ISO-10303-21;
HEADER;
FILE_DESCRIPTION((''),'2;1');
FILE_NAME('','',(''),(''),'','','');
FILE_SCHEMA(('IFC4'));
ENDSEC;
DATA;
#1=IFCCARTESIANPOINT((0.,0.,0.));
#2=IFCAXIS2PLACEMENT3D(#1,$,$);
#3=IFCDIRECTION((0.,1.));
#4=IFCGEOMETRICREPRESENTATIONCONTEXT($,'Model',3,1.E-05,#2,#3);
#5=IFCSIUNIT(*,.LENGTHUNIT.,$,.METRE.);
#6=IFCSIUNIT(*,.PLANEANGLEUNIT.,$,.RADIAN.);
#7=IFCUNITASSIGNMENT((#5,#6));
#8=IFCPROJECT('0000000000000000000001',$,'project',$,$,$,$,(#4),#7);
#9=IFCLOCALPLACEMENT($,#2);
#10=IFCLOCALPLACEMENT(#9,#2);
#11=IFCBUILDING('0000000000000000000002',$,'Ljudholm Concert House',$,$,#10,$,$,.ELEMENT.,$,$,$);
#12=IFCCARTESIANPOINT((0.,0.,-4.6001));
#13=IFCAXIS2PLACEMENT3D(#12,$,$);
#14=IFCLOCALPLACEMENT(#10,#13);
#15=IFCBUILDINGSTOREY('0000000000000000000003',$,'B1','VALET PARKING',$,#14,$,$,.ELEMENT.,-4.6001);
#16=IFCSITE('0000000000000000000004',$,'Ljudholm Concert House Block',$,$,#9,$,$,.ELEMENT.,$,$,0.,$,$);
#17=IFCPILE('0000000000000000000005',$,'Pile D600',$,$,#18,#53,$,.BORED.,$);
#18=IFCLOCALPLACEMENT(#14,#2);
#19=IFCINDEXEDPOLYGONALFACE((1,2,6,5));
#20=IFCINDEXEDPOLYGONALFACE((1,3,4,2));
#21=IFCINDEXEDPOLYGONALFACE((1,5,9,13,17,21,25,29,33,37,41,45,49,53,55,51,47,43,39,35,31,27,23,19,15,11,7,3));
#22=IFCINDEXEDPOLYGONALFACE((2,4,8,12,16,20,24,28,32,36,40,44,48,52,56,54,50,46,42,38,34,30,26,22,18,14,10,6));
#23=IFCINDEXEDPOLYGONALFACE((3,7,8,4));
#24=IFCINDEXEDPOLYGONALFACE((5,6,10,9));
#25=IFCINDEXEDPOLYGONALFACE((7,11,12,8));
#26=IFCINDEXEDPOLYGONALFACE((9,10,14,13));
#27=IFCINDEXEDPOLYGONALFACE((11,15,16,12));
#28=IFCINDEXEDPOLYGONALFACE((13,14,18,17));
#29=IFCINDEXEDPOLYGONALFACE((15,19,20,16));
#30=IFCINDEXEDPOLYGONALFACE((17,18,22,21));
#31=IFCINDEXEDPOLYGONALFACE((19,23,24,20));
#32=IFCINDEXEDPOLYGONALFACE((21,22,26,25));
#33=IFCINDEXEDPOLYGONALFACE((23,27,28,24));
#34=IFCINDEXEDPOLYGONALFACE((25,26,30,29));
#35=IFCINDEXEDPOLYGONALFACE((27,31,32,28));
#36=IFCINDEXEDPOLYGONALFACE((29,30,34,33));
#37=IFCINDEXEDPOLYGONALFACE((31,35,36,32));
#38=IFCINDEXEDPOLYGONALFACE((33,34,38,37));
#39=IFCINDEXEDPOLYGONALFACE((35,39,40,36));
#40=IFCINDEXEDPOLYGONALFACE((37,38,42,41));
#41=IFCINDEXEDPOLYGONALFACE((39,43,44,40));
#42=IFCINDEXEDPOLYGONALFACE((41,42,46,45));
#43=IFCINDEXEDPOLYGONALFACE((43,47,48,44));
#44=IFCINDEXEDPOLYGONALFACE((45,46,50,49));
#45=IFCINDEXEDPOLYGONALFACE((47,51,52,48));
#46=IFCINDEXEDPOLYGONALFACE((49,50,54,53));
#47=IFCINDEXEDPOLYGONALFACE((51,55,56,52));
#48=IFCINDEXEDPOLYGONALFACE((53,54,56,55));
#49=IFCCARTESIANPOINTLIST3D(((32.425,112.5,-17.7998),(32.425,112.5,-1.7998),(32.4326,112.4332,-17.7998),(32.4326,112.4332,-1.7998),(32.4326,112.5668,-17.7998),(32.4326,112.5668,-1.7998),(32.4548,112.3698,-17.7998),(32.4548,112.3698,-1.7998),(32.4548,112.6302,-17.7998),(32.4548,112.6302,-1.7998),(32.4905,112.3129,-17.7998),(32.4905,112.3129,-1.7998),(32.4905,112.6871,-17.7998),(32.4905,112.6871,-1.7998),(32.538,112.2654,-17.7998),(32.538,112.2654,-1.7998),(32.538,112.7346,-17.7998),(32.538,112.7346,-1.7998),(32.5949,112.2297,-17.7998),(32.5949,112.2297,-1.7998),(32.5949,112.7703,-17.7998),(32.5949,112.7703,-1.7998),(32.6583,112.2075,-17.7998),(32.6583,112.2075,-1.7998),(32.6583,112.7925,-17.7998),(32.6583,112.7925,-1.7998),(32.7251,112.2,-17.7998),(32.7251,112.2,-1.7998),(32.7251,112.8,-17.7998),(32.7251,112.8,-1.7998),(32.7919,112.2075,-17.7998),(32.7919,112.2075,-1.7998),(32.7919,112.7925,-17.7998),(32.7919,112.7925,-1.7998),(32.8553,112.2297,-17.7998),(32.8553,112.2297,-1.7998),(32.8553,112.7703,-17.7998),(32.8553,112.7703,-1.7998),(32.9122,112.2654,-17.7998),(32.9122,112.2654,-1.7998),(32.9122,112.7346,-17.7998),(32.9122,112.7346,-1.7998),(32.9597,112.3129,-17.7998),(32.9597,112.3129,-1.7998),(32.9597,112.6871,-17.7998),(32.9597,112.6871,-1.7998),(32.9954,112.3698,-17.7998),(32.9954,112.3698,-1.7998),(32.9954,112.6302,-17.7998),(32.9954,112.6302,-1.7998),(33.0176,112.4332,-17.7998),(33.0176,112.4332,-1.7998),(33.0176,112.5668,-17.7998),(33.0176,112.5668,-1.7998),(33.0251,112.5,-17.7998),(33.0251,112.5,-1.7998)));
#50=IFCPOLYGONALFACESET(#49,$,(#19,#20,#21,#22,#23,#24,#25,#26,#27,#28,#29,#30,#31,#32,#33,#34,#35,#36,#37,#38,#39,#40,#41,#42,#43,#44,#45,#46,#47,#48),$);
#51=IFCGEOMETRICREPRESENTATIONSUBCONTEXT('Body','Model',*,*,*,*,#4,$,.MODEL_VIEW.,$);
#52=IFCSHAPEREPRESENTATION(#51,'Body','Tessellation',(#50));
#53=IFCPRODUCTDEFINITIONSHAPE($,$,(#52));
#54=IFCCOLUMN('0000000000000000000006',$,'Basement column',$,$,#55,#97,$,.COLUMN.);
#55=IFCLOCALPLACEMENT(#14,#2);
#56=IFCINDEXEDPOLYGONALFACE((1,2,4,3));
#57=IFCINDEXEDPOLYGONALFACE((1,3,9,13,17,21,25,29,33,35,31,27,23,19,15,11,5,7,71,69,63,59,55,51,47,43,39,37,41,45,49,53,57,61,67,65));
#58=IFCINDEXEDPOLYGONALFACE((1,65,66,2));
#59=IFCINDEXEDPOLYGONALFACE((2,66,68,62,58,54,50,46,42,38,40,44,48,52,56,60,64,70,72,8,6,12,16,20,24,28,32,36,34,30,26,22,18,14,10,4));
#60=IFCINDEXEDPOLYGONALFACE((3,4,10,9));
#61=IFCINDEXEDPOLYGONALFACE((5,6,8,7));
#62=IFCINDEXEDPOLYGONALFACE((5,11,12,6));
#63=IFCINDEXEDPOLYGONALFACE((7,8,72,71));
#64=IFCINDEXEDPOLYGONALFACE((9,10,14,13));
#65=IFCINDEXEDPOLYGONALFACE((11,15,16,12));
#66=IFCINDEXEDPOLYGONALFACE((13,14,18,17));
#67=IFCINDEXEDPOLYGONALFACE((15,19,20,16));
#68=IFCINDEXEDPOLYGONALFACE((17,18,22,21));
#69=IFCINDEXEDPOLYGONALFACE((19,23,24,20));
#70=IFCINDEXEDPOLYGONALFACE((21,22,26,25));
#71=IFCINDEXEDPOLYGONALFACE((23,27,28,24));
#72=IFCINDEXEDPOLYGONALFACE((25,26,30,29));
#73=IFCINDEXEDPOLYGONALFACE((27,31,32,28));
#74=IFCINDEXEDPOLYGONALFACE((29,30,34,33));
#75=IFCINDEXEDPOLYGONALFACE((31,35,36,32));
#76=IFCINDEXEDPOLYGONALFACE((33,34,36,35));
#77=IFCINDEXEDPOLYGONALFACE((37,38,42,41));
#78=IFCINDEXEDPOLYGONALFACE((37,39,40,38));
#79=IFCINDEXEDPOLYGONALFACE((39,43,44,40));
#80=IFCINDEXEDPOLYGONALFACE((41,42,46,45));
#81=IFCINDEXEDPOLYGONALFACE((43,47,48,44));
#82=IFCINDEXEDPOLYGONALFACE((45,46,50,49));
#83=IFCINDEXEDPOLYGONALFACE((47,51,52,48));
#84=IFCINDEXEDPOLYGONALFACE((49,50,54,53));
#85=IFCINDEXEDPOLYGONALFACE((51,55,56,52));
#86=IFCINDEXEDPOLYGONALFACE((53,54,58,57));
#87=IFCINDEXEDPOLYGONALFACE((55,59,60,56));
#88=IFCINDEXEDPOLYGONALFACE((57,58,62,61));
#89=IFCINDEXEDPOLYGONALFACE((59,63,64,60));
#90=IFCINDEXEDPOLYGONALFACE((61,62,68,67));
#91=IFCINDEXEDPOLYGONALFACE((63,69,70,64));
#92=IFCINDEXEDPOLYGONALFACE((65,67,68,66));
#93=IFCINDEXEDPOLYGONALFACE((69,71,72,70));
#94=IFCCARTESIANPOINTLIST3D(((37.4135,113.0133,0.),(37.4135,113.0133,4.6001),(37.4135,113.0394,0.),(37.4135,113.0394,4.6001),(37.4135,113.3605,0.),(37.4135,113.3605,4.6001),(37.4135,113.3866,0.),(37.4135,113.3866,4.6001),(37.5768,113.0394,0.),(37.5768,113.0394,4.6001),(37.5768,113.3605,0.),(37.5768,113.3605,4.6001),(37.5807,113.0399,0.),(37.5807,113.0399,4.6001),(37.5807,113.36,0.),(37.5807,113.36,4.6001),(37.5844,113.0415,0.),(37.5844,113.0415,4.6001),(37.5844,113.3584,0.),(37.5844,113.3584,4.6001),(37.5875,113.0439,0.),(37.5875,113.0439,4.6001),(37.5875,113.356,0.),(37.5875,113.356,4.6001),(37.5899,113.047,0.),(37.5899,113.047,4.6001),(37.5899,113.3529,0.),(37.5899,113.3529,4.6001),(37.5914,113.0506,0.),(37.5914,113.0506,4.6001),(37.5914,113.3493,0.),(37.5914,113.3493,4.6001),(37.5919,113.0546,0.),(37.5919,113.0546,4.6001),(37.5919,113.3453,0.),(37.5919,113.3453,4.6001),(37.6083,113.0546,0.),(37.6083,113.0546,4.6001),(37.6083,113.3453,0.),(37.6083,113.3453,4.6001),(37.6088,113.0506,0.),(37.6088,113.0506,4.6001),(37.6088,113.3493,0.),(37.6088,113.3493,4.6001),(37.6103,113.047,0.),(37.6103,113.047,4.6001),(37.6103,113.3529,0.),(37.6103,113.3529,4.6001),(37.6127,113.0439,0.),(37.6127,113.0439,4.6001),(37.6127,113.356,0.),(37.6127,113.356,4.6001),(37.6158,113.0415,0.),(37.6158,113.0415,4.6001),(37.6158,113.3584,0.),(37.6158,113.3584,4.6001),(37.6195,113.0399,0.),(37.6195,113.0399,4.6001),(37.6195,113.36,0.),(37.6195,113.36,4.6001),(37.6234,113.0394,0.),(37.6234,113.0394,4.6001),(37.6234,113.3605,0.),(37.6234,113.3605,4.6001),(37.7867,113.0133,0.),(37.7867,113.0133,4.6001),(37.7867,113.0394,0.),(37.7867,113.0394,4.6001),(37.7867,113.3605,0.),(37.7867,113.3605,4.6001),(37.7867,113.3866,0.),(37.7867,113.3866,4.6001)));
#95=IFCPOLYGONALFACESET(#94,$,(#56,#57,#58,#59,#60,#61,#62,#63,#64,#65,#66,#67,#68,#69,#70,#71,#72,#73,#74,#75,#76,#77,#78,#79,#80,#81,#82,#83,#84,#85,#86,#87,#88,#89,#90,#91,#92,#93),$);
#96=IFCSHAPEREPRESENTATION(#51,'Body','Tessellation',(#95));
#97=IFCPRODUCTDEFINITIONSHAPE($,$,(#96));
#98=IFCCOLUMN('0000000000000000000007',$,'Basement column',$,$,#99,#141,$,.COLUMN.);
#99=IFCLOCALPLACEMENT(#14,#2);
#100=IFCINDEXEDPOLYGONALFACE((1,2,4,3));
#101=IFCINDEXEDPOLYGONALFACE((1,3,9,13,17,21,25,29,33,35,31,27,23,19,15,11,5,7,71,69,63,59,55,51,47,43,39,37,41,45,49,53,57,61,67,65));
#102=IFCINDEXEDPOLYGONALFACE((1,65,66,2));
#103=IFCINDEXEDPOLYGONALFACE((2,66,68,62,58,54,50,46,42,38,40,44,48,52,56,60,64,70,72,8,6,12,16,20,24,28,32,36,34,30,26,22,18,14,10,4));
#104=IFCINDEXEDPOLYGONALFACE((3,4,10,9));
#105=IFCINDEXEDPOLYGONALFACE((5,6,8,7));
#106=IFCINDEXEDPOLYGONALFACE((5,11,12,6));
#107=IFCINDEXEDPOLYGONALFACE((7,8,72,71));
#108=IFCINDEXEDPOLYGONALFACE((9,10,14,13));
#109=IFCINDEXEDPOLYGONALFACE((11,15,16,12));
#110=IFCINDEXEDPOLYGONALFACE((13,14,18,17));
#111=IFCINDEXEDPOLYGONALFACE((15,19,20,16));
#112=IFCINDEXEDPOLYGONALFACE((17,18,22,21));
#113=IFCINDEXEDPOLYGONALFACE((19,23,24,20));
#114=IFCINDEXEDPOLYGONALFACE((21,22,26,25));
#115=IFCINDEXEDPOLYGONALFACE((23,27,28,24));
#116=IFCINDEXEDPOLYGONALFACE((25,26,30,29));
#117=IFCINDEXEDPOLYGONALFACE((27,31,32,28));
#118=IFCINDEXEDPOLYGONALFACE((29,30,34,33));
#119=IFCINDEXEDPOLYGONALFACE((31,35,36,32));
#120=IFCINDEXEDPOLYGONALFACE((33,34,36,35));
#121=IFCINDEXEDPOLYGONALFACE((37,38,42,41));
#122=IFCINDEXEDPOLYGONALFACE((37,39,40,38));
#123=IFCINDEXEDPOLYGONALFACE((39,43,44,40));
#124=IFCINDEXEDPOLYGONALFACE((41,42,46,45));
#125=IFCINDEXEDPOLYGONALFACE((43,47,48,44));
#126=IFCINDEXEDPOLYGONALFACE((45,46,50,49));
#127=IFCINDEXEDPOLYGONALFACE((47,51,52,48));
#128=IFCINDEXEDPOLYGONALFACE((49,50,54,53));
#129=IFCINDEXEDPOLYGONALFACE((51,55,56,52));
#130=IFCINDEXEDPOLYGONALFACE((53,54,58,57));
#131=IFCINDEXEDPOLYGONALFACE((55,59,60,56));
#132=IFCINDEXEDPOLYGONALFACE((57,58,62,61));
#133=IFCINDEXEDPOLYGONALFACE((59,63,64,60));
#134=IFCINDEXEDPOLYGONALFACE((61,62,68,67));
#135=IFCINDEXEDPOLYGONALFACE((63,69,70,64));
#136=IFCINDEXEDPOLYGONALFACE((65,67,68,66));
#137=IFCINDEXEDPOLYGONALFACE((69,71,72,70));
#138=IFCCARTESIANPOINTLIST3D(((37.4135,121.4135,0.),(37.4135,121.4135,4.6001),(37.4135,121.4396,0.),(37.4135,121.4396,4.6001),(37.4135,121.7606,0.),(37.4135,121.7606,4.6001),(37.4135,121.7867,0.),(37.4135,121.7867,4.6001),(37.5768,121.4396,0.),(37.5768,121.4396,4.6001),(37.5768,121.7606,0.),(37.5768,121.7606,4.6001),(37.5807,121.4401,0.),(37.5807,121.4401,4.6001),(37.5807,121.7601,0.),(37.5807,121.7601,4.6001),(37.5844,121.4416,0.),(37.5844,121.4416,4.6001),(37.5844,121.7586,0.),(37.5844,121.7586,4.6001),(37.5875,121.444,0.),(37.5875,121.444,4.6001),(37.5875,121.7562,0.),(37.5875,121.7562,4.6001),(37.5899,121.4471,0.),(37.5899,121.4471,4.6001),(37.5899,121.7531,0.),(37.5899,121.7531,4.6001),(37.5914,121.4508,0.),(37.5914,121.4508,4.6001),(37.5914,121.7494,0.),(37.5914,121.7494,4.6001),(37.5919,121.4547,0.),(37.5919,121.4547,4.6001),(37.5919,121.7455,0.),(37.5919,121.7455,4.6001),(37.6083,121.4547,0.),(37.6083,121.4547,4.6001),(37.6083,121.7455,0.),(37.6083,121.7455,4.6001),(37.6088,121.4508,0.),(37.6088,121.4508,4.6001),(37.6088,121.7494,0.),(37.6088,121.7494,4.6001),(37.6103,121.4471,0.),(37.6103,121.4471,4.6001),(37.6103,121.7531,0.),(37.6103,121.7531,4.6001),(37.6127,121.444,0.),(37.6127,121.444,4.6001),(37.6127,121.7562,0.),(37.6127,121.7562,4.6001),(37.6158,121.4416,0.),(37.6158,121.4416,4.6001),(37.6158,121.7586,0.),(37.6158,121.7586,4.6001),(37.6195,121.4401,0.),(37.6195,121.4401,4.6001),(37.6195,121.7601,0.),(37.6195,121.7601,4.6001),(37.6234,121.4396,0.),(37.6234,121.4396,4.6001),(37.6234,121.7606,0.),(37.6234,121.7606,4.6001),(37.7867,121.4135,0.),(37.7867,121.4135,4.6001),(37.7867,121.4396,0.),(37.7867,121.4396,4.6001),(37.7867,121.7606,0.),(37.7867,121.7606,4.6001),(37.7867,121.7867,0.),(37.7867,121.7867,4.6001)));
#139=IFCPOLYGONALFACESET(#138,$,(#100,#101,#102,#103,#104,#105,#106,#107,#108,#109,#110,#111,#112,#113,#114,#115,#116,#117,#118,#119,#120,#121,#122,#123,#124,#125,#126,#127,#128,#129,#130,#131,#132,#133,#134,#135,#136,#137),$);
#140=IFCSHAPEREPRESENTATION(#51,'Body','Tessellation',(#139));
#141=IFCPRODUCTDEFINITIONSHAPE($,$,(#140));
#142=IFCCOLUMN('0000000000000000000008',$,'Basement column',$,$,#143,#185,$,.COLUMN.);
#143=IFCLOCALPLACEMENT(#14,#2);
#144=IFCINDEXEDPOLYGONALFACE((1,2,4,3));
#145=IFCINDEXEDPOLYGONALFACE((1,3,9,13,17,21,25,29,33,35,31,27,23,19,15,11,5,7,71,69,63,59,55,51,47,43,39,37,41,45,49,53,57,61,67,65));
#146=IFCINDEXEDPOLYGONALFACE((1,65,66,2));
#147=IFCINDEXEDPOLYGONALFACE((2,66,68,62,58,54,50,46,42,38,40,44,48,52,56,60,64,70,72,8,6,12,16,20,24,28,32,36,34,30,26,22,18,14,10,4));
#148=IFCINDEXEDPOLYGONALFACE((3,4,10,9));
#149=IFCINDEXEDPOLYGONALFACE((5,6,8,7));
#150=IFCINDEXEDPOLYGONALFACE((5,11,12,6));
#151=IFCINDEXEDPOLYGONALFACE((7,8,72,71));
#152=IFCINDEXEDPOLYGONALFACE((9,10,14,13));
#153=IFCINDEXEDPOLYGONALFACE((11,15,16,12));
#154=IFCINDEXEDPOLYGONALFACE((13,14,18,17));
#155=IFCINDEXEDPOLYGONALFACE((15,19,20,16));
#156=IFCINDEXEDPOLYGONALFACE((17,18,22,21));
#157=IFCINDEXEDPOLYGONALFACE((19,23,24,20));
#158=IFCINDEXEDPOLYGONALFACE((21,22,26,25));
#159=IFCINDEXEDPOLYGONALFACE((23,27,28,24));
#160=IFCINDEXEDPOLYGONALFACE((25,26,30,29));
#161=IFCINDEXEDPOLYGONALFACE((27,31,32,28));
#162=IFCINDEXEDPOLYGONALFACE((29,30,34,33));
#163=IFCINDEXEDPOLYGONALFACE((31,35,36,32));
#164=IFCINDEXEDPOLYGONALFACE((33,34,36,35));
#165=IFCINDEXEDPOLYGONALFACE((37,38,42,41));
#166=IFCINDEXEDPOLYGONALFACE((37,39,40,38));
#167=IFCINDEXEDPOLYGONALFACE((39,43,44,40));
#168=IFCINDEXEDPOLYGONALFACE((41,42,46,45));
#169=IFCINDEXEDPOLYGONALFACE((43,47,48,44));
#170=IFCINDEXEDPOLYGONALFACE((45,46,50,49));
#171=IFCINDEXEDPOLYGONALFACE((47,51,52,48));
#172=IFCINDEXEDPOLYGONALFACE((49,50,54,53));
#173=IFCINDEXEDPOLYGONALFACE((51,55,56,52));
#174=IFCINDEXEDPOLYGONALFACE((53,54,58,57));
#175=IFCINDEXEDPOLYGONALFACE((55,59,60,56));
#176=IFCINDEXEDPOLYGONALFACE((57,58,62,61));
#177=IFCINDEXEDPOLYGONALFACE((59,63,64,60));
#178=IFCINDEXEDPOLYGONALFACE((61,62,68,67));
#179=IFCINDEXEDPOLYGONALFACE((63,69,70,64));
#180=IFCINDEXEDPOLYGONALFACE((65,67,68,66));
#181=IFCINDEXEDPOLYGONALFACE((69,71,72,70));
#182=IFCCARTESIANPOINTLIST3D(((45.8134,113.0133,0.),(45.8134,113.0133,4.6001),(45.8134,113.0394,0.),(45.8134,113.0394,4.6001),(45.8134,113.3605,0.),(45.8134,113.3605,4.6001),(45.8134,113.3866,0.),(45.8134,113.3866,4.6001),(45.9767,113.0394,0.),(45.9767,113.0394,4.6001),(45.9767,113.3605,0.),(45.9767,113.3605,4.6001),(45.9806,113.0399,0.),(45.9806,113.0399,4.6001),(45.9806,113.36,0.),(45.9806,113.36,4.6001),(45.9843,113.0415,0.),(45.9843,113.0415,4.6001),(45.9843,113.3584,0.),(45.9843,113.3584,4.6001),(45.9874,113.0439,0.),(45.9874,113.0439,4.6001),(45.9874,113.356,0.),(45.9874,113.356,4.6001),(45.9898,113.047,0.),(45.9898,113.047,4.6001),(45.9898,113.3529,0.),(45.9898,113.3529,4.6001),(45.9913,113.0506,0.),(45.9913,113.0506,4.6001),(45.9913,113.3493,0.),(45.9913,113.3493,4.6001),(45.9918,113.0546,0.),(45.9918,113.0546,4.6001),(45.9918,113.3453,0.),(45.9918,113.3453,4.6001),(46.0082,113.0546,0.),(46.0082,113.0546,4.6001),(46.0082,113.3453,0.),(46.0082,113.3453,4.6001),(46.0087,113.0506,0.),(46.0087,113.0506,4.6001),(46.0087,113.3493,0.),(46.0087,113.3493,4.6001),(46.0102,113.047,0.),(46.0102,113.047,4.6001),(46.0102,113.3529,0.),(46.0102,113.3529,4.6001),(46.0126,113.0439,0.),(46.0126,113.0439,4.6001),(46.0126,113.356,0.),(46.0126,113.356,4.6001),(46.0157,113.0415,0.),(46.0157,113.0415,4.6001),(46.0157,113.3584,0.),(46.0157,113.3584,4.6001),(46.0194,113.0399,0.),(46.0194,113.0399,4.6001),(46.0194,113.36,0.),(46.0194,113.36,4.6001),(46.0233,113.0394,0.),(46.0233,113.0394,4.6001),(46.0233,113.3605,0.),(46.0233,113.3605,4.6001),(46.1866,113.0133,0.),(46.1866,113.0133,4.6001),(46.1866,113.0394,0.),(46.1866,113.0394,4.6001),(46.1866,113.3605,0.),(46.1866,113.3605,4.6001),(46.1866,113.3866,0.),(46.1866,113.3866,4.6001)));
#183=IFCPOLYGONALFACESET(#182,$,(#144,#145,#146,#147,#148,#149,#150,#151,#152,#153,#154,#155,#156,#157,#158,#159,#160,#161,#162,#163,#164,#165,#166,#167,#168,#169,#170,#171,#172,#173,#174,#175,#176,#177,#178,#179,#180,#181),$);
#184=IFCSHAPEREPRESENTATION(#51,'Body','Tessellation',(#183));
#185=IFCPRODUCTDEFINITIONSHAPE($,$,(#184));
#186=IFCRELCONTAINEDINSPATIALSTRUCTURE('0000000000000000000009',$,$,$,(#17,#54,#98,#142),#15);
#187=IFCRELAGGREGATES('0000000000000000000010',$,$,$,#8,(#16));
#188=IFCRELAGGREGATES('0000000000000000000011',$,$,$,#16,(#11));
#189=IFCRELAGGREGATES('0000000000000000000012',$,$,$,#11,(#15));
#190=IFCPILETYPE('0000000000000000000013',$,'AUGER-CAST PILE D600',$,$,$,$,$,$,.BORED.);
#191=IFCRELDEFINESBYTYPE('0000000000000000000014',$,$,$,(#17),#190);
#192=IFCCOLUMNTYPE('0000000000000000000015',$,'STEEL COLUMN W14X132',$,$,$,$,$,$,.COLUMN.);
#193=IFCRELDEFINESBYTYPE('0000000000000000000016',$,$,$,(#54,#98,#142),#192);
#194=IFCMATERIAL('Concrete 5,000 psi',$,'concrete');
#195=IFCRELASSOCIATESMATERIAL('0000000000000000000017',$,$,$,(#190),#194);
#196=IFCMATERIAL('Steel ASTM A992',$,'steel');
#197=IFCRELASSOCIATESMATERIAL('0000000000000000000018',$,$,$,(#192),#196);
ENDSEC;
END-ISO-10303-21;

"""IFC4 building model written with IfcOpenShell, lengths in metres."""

from ifc_helpers import new_model, si_unit, direction, frame, origin, origin_2d, place, context, subcontext, project, spatial, circle, i_section, extrude, material, material_profile, profile_set, type_object, element, save


model = new_model("IFC4")

# Units and contexts
model_context = context("Model", 3, precision=1e-05, world=origin(), true_north=direction((0.0, 1.0)))
body_context = subcontext(model_context, "Body", "Model", "MODEL_VIEW")
ifc_project = project(units=[si_unit("LENGTHUNIT", "METRE"), si_unit("PLANEANGLEUNIT", "RADIAN")], contexts=[model_context])

# Site, building, storey
site_placement = place(None, origin())
site = spatial("IfcSite", under=ifc_project, at=site_placement, Name="Ljudholm Concert House Block", CompositionType="ELEMENT", RefElevation=0.0)
building_placement = place(site_placement, origin())
building = spatial("IfcBuilding", under=site, at=building_placement, Name="Ljudholm Concert House", CompositionType="ELEMENT")
storey_placement = place(building_placement, frame((0.0, 0.0, -4.6001)))
storey = spatial("IfcBuildingStorey", under=building, at=storey_placement, Name="B1", Description="VALET PARKING", CompositionType="ELEMENT", Elevation=-4.6001)

# Pile
ifc_material_1 = material(Name="Concrete 5,000 psi", Category="concrete")
ifc_material_profile_1 = material_profile(ifc_material_1, circle(Radius=0.3, at=origin_2d()), Name="AUGER-CAST PILE D600")
ifc_profile_set_1 = profile_set([ifc_material_profile_1], Name="Concrete 5,000 psi")
pile_type = type_object("IfcPileType", Name="AUGER-CAST PILE D600", PredefinedType="BORED", material=ifc_profile_set_1)
for number, where, z_axis, x_axis, name in (
    (1, (32.7251, 112.5, -1.7998), (0.0, 0.0, -1.0), (1.0, 0.0, 0.0), "Pile D600"),
):
    element("IfcPile", number, at=place(storey_placement, frame(where, z_axis=z_axis, x_axis=x_axis)), inside=storey, type_object=pile_type, Name=name, PredefinedType="BORED", context=body_context, shape_type="SweptSolid", body=[
        extrude(circle(Radius=0.3, at=origin_2d()), origin(), (0.0, 0.0, 1.0), 16.0),
    ])

# Columns
ifc_material_2 = material(Name="Steel ASTM A992", Category="steel")
ifc_material_profile_2 = material_profile(ifc_material_2, i_section(OverallWidth=0.3733, OverallDepth=0.3733, WebThickness=0.0164, FlangeThickness=0.0261, FilletRadius=0.0151, at=origin_2d()), Name="W14X132")
ifc_profile_set_2 = profile_set([ifc_material_profile_2], Name="Steel ASTM A992")
column_type = type_object("IfcColumnType", Name="STEEL COLUMN W14X132", PredefinedType="COLUMN", material=ifc_profile_set_2)
for number, where, z_axis, x_axis, name in (
    (2, (37.6001, 113.2, 0.0), (0.0, 0.0, 1.0), (1.0, 0.0, 0.0), "Basement column"),
    (3, (37.6001, 121.6001, 0.0), (0.0, 0.0, 1.0), (1.0, 0.0, 0.0), "Basement column"),
    (4, (46.0, 113.2, 0.0), (0.0, 0.0, 1.0), (1.0, 0.0, 0.0), "Basement column"),
):
    element("IfcColumn", number, at=place(storey_placement, frame(where, z_axis=z_axis, x_axis=x_axis)), inside=storey, type_object=column_type, Name=name, PredefinedType="COLUMN", context=body_context, shape_type="SweptSolid", body=[
        extrude(i_section(OverallWidth=0.3733, OverallDepth=0.3733, WebThickness=0.0164, FlangeThickness=0.0261, FilletRadius=0.0151, at=origin_2d()), origin(), (0.0, 0.0, 1.0), 4.6001),
    ])

save(model, "model.ifc")
